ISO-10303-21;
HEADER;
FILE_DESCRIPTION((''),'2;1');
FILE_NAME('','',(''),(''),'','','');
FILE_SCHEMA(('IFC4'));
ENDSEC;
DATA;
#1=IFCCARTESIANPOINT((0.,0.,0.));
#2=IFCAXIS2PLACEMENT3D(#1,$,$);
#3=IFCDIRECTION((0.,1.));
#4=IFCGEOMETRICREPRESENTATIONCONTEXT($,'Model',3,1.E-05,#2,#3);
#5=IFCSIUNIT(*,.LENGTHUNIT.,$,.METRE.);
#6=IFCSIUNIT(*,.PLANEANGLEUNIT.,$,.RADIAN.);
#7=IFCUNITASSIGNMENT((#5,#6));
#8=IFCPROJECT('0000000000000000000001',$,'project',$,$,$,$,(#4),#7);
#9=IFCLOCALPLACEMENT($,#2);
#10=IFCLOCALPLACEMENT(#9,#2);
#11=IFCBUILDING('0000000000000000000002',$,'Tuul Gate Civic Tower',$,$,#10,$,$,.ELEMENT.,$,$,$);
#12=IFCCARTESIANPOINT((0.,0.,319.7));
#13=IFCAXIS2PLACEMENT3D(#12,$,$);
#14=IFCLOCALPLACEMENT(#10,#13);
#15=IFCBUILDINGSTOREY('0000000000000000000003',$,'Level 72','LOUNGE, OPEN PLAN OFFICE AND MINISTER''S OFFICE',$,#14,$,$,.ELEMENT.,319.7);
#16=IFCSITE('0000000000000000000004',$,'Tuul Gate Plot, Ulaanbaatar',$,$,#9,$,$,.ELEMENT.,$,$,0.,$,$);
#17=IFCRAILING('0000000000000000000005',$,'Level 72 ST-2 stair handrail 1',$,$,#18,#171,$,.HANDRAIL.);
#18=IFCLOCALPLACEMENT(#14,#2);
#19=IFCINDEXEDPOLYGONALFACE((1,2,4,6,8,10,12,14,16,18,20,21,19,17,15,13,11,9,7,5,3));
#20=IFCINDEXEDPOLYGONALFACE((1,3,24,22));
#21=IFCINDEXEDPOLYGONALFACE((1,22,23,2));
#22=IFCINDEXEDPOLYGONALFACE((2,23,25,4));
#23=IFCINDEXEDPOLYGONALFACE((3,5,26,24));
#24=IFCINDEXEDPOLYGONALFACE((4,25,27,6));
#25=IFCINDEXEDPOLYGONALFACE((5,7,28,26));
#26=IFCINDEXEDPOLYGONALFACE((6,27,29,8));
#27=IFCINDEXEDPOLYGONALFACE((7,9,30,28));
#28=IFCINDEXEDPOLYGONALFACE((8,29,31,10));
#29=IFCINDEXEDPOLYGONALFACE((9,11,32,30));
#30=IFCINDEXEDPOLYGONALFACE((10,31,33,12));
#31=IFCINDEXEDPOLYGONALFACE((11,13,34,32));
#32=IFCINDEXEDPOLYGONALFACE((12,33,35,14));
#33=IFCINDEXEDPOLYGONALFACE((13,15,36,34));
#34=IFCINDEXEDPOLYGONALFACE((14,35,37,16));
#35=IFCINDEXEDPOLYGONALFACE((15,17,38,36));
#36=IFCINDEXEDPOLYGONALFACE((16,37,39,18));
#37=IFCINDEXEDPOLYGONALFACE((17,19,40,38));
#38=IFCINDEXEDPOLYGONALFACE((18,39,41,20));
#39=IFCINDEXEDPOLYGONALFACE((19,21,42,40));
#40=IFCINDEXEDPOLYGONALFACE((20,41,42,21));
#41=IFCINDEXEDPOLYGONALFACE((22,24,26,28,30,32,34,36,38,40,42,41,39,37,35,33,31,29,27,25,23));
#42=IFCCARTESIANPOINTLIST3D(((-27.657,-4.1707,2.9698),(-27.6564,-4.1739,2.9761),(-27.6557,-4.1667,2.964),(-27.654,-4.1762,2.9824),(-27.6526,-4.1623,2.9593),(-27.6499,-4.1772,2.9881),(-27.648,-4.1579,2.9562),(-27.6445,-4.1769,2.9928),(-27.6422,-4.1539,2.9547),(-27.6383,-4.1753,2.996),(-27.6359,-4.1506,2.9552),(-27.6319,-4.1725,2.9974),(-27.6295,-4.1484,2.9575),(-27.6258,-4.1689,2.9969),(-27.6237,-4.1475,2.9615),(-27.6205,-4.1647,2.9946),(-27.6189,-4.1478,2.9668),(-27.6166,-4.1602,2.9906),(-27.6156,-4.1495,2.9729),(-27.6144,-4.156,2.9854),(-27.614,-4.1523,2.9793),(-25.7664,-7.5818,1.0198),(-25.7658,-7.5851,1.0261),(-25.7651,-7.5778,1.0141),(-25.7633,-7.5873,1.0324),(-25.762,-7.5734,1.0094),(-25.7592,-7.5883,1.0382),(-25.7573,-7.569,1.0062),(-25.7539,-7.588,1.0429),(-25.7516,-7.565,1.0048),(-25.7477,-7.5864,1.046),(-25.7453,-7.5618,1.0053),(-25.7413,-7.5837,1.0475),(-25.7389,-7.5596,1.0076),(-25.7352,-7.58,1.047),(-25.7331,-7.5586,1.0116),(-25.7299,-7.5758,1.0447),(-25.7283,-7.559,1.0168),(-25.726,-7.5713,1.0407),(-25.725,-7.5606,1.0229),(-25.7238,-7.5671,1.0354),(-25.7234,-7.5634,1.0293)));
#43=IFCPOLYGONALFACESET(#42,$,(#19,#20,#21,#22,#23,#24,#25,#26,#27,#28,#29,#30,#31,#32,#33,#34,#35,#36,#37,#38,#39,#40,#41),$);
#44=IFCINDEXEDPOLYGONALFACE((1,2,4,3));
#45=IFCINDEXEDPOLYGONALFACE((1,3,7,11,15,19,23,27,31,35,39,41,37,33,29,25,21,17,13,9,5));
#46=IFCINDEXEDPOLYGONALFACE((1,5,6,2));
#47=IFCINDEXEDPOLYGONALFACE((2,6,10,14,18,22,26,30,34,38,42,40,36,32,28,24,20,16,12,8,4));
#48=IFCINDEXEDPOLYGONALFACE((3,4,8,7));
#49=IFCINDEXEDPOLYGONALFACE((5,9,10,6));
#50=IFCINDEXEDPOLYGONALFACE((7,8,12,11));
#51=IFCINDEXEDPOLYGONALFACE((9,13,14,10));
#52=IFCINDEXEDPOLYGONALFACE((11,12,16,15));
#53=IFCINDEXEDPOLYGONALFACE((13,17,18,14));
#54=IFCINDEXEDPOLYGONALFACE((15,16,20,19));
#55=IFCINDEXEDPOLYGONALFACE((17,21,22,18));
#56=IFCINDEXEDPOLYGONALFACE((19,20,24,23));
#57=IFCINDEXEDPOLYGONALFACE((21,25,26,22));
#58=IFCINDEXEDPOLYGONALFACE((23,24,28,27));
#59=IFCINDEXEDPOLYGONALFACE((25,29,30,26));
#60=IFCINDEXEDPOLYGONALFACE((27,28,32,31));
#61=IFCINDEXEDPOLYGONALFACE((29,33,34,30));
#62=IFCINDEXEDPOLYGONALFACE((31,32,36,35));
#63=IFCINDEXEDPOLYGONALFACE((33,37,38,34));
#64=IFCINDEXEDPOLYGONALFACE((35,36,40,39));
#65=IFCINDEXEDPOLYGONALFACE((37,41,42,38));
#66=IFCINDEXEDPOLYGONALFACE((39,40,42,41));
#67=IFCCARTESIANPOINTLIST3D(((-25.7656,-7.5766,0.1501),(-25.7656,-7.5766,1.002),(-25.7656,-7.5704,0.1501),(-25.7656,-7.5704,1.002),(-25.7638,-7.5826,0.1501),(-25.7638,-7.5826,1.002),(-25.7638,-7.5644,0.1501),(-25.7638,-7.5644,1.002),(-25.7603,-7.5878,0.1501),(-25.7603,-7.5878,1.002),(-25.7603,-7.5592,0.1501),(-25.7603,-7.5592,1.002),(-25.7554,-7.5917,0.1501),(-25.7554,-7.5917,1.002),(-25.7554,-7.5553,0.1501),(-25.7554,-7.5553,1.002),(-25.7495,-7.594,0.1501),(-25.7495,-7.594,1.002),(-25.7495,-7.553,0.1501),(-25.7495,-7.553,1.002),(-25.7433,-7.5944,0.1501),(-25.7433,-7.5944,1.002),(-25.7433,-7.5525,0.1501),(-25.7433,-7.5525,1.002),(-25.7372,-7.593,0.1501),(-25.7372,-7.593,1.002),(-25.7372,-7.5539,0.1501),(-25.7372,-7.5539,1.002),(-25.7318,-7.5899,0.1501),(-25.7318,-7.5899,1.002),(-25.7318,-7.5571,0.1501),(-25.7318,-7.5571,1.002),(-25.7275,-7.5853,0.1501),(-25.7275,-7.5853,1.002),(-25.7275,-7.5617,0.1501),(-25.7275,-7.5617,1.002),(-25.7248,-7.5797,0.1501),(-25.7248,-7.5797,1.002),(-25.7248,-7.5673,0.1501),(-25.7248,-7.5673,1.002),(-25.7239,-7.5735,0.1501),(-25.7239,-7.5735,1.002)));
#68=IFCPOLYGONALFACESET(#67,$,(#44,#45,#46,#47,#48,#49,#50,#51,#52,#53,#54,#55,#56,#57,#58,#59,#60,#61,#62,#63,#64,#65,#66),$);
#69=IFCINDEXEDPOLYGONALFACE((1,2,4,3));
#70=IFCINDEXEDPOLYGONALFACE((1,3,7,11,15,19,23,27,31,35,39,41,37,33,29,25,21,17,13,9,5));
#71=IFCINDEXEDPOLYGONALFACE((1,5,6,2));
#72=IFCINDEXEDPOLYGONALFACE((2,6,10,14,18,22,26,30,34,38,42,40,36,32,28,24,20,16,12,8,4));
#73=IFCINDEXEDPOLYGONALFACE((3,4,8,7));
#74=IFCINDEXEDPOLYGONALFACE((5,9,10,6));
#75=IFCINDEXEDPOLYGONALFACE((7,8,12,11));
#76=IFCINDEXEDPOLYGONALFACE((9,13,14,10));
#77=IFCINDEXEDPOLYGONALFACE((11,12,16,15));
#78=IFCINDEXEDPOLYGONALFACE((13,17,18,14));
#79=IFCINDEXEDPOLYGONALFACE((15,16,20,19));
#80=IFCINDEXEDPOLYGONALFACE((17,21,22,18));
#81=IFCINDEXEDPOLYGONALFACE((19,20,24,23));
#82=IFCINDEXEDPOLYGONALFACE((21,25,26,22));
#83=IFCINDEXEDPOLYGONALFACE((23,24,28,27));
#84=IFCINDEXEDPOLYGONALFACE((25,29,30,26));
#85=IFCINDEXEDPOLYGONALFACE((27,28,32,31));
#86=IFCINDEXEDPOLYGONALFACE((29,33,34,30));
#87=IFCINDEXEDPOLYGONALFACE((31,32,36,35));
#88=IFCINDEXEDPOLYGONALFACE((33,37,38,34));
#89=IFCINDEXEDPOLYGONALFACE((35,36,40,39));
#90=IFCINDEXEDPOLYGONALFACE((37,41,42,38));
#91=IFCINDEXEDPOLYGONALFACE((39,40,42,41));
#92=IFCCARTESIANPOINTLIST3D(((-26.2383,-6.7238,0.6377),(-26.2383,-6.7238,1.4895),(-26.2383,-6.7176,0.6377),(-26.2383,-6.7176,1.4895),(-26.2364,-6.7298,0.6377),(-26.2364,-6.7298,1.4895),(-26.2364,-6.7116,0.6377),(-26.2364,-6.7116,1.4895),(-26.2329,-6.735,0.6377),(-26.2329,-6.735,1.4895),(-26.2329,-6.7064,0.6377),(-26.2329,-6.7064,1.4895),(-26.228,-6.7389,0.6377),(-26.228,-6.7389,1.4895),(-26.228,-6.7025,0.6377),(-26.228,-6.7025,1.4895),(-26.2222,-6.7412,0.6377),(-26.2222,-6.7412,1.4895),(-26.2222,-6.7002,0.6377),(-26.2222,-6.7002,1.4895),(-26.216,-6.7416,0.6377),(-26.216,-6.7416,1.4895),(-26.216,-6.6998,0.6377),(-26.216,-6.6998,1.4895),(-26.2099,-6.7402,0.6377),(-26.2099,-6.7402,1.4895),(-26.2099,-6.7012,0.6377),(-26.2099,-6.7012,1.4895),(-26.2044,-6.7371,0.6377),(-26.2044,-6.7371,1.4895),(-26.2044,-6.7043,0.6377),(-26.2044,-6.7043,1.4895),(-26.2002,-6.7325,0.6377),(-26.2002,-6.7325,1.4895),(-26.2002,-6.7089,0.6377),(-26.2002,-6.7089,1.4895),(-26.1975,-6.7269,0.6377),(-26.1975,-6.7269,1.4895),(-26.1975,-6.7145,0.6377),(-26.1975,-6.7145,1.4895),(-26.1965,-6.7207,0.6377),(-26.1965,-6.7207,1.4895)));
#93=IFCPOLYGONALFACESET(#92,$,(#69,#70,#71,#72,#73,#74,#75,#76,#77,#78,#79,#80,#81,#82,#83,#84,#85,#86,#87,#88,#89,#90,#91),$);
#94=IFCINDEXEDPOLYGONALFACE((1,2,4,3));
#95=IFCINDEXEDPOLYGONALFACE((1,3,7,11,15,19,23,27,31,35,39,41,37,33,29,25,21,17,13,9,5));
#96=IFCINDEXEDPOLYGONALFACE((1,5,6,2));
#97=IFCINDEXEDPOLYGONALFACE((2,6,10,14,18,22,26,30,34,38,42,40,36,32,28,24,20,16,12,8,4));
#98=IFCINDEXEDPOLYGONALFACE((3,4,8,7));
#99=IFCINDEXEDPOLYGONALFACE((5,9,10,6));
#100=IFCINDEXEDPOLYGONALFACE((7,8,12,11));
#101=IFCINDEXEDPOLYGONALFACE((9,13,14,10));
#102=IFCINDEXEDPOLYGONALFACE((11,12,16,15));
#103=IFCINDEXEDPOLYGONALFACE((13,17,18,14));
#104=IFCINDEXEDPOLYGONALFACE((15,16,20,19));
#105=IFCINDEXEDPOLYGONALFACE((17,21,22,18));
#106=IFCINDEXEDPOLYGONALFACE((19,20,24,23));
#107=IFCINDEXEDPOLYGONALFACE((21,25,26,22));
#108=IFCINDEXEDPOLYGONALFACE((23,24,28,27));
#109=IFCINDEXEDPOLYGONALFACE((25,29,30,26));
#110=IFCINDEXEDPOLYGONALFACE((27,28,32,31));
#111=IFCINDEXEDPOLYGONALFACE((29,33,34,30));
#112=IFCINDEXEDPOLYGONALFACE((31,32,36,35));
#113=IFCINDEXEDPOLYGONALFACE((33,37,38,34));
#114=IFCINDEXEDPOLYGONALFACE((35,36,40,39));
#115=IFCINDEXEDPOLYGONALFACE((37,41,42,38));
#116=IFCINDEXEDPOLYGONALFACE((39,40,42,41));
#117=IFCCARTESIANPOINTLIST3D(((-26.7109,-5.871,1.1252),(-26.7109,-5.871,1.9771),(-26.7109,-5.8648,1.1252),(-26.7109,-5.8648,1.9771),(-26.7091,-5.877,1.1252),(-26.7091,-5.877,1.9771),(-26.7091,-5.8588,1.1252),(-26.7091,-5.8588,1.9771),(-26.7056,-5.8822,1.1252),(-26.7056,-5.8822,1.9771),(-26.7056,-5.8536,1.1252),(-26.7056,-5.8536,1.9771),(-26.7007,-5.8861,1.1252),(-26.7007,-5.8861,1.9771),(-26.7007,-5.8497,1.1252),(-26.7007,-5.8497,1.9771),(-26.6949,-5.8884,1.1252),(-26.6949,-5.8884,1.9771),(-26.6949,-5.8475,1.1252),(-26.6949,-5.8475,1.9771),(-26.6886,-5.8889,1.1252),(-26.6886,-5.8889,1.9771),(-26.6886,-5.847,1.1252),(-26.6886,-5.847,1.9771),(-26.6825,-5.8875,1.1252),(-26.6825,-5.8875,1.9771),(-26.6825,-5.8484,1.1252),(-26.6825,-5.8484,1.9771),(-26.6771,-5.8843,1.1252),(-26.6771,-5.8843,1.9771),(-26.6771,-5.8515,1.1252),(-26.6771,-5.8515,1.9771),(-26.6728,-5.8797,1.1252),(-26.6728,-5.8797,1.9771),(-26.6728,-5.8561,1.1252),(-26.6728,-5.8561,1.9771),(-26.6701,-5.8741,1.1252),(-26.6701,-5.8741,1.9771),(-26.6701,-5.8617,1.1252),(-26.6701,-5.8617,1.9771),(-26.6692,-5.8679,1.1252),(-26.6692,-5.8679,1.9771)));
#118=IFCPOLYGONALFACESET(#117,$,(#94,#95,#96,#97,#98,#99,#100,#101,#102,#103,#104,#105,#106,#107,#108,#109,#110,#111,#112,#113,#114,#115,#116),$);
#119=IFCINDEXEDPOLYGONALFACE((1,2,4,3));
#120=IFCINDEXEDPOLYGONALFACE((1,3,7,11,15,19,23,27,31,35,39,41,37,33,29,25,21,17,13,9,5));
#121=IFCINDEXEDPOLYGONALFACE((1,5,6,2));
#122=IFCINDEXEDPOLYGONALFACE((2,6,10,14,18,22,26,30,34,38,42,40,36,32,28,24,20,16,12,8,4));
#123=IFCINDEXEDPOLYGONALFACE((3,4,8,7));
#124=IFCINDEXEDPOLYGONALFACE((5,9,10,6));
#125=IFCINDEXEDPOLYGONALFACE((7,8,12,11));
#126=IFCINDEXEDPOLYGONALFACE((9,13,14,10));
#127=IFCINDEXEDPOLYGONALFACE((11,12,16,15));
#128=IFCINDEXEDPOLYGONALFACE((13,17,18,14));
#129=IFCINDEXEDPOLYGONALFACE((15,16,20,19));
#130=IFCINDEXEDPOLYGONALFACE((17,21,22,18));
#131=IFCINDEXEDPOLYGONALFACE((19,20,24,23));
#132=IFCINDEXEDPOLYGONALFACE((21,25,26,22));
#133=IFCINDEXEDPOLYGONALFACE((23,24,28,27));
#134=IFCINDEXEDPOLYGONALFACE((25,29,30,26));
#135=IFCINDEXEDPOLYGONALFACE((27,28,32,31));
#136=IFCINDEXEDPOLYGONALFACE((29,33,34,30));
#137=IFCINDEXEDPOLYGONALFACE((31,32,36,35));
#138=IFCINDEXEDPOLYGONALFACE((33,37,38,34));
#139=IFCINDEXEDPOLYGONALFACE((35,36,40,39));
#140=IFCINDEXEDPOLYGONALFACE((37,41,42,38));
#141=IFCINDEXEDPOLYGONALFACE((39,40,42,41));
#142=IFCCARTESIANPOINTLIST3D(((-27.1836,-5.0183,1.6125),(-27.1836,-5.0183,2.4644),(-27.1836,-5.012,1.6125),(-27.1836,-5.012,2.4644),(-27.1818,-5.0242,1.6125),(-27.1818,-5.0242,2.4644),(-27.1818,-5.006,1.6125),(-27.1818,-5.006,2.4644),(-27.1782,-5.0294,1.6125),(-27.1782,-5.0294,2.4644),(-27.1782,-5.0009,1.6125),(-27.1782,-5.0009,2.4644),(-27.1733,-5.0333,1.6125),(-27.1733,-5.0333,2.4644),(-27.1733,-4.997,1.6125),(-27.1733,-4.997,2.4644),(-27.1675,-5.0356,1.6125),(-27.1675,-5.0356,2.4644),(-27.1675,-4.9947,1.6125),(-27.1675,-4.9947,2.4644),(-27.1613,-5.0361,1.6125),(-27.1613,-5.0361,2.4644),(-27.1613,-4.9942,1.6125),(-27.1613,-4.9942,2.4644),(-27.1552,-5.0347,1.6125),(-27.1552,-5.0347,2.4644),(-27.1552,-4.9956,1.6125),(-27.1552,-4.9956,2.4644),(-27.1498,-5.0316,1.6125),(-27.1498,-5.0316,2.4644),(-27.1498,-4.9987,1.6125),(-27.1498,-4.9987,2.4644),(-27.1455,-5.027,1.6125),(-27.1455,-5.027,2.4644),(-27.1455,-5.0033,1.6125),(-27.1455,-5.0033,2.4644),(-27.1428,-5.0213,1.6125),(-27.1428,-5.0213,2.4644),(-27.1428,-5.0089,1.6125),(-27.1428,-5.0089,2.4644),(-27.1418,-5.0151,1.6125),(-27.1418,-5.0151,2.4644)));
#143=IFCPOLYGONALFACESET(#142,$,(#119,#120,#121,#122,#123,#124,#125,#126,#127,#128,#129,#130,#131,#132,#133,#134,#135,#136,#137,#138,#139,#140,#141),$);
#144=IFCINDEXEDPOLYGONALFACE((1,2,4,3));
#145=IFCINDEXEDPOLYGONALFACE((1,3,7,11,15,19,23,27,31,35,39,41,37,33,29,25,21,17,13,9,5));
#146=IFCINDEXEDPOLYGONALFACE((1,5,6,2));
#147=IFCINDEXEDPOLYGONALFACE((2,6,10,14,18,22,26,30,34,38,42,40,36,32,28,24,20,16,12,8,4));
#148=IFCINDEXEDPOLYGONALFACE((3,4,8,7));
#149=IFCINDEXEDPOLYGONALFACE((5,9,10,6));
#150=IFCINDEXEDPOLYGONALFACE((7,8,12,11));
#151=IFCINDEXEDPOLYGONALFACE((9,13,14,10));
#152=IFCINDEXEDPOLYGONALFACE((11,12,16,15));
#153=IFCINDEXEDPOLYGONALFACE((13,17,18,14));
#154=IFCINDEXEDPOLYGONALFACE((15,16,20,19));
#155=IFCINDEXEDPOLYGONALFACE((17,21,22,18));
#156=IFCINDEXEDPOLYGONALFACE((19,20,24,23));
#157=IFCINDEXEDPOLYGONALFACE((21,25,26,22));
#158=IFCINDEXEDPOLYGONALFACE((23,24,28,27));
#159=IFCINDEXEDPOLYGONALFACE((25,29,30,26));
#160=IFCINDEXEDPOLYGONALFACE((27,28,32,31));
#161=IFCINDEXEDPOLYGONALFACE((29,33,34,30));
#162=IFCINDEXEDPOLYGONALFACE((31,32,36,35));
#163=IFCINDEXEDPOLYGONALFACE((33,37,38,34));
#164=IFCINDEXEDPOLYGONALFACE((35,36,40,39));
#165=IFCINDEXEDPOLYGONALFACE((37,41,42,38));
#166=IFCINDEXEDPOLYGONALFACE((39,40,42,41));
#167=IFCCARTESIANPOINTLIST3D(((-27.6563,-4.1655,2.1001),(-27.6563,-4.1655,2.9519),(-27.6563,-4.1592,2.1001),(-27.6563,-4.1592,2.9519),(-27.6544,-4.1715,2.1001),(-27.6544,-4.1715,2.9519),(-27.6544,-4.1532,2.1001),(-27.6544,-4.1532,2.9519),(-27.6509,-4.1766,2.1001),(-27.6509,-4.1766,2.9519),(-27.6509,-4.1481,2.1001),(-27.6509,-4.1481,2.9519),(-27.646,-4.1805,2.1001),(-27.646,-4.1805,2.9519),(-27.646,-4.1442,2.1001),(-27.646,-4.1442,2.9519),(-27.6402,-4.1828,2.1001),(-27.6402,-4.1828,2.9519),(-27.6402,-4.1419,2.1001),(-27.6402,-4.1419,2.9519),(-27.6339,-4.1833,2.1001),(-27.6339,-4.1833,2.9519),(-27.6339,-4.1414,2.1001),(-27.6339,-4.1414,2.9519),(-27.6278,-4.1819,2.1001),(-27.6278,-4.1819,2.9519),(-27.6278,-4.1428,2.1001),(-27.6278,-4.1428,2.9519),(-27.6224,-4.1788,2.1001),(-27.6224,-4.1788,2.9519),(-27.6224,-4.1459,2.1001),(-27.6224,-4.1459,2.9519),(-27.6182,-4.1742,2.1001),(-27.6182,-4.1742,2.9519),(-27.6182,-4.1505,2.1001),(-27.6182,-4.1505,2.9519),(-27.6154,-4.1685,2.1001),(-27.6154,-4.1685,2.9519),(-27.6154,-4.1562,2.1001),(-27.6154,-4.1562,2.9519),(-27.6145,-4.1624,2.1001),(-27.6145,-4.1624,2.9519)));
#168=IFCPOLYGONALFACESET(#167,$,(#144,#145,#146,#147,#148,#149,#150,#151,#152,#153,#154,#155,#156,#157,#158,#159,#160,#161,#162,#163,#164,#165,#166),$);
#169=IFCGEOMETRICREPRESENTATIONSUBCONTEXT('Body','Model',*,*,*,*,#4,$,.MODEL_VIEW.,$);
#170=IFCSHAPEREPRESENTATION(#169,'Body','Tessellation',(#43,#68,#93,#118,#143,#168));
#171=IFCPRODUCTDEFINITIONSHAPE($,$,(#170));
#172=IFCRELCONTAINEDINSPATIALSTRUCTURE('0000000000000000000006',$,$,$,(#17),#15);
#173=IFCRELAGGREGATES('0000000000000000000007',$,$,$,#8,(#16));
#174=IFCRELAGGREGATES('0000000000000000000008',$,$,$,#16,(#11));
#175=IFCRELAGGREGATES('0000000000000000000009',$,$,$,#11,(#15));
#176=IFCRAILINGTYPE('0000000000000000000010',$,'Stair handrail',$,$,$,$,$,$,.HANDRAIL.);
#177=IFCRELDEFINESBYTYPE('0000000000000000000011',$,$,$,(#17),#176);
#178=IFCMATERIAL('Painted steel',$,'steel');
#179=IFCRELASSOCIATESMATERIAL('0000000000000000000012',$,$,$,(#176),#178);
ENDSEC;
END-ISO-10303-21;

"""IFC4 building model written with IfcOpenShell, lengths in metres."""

from ifc_helpers import new_model, si_unit, direction, frame, origin, origin_2d, place, context, subcontext, project, spatial, circle, extrude, material, type_object, element, save


model = new_model("IFC4")

# Units and contexts
model_context = context("Model", 3, precision=1e-05, world=origin(), true_north=direction((0.0, 1.0)))
body_context = subcontext(model_context, "Body", "Model", "MODEL_VIEW")
ifc_project = project(units=[si_unit("LENGTHUNIT", "METRE"), si_unit("PLANEANGLEUNIT", "RADIAN")], contexts=[model_context])

# Site, building, storey
site_placement = place(None, origin())
site = spatial("IfcSite", under=ifc_project, at=site_placement, Name="Tuul Gate Plot, Ulaanbaatar", CompositionType="ELEMENT", RefElevation=0.0)
building_placement = place(site_placement, origin())
building = spatial("IfcBuilding", under=site, at=building_placement, Name="Tuul Gate Civic Tower", CompositionType="ELEMENT")
storey_placement = place(building_placement, frame((0.0, 0.0, 319.7)))
storey = spatial("IfcBuildingStorey", under=building, at=storey_placement, Name="Level 72", Description="LOUNGE, OPEN PLAN OFFICE AND MINISTER'S OFFICE", CompositionType="ELEMENT", Elevation=319.7)

# Railing
ifc_material_1 = material(Name="Painted steel", Category="steel")
railing_type_1 = type_object("IfcRailingType", Name="Stair handrail", PredefinedType="HANDRAIL", material=ifc_material_1)
railing_1_placement = place(storey_placement, frame((-25.7449, -7.5735, 0.1501)))
element("IfcRailing", 1, at=railing_1_placement, inside=storey, type_object=railing_type_1, Name="Level 72 ST-2 stair handrail 1", PredefinedType="HANDRAIL", context=body_context, shape_type="SweptSolid", body=[
    extrude(circle(Radius=0.0239, at=origin_2d()), frame((0.0, 0.0, 0.876), z_axis=(-0.433595, 0.782308, 0.447201), x_axis=(-0.874641, -0.484771, 0.0)), (0.0, 0.0, 1.0), 4.3604),
    extrude(circle(Radius=0.021, at=origin_2d()), origin(), (0.0, 0.0, 1.0), 0.8518),
    extrude(circle(Radius=0.021, at=origin_2d()), frame((-0.4727, 0.8528, 0.4875)), (0.0, 0.0, 1.0), 0.8518),
    extrude(circle(Radius=0.021, at=origin_2d()), frame((-0.9453, 1.7056, 0.9751)), (0.0, 0.0, 1.0), 0.8518),
    extrude(circle(Radius=0.021, at=origin_2d()), frame((-1.418, 2.5583, 1.4624)), (0.0, 0.0, 1.0), 0.8518),
    extrude(circle(Radius=0.021, at=origin_2d()), frame((-1.8906, 3.4111, 1.95)), (0.0, 0.0, 1.0), 0.8518),
])

save(model, "model.ifc")
